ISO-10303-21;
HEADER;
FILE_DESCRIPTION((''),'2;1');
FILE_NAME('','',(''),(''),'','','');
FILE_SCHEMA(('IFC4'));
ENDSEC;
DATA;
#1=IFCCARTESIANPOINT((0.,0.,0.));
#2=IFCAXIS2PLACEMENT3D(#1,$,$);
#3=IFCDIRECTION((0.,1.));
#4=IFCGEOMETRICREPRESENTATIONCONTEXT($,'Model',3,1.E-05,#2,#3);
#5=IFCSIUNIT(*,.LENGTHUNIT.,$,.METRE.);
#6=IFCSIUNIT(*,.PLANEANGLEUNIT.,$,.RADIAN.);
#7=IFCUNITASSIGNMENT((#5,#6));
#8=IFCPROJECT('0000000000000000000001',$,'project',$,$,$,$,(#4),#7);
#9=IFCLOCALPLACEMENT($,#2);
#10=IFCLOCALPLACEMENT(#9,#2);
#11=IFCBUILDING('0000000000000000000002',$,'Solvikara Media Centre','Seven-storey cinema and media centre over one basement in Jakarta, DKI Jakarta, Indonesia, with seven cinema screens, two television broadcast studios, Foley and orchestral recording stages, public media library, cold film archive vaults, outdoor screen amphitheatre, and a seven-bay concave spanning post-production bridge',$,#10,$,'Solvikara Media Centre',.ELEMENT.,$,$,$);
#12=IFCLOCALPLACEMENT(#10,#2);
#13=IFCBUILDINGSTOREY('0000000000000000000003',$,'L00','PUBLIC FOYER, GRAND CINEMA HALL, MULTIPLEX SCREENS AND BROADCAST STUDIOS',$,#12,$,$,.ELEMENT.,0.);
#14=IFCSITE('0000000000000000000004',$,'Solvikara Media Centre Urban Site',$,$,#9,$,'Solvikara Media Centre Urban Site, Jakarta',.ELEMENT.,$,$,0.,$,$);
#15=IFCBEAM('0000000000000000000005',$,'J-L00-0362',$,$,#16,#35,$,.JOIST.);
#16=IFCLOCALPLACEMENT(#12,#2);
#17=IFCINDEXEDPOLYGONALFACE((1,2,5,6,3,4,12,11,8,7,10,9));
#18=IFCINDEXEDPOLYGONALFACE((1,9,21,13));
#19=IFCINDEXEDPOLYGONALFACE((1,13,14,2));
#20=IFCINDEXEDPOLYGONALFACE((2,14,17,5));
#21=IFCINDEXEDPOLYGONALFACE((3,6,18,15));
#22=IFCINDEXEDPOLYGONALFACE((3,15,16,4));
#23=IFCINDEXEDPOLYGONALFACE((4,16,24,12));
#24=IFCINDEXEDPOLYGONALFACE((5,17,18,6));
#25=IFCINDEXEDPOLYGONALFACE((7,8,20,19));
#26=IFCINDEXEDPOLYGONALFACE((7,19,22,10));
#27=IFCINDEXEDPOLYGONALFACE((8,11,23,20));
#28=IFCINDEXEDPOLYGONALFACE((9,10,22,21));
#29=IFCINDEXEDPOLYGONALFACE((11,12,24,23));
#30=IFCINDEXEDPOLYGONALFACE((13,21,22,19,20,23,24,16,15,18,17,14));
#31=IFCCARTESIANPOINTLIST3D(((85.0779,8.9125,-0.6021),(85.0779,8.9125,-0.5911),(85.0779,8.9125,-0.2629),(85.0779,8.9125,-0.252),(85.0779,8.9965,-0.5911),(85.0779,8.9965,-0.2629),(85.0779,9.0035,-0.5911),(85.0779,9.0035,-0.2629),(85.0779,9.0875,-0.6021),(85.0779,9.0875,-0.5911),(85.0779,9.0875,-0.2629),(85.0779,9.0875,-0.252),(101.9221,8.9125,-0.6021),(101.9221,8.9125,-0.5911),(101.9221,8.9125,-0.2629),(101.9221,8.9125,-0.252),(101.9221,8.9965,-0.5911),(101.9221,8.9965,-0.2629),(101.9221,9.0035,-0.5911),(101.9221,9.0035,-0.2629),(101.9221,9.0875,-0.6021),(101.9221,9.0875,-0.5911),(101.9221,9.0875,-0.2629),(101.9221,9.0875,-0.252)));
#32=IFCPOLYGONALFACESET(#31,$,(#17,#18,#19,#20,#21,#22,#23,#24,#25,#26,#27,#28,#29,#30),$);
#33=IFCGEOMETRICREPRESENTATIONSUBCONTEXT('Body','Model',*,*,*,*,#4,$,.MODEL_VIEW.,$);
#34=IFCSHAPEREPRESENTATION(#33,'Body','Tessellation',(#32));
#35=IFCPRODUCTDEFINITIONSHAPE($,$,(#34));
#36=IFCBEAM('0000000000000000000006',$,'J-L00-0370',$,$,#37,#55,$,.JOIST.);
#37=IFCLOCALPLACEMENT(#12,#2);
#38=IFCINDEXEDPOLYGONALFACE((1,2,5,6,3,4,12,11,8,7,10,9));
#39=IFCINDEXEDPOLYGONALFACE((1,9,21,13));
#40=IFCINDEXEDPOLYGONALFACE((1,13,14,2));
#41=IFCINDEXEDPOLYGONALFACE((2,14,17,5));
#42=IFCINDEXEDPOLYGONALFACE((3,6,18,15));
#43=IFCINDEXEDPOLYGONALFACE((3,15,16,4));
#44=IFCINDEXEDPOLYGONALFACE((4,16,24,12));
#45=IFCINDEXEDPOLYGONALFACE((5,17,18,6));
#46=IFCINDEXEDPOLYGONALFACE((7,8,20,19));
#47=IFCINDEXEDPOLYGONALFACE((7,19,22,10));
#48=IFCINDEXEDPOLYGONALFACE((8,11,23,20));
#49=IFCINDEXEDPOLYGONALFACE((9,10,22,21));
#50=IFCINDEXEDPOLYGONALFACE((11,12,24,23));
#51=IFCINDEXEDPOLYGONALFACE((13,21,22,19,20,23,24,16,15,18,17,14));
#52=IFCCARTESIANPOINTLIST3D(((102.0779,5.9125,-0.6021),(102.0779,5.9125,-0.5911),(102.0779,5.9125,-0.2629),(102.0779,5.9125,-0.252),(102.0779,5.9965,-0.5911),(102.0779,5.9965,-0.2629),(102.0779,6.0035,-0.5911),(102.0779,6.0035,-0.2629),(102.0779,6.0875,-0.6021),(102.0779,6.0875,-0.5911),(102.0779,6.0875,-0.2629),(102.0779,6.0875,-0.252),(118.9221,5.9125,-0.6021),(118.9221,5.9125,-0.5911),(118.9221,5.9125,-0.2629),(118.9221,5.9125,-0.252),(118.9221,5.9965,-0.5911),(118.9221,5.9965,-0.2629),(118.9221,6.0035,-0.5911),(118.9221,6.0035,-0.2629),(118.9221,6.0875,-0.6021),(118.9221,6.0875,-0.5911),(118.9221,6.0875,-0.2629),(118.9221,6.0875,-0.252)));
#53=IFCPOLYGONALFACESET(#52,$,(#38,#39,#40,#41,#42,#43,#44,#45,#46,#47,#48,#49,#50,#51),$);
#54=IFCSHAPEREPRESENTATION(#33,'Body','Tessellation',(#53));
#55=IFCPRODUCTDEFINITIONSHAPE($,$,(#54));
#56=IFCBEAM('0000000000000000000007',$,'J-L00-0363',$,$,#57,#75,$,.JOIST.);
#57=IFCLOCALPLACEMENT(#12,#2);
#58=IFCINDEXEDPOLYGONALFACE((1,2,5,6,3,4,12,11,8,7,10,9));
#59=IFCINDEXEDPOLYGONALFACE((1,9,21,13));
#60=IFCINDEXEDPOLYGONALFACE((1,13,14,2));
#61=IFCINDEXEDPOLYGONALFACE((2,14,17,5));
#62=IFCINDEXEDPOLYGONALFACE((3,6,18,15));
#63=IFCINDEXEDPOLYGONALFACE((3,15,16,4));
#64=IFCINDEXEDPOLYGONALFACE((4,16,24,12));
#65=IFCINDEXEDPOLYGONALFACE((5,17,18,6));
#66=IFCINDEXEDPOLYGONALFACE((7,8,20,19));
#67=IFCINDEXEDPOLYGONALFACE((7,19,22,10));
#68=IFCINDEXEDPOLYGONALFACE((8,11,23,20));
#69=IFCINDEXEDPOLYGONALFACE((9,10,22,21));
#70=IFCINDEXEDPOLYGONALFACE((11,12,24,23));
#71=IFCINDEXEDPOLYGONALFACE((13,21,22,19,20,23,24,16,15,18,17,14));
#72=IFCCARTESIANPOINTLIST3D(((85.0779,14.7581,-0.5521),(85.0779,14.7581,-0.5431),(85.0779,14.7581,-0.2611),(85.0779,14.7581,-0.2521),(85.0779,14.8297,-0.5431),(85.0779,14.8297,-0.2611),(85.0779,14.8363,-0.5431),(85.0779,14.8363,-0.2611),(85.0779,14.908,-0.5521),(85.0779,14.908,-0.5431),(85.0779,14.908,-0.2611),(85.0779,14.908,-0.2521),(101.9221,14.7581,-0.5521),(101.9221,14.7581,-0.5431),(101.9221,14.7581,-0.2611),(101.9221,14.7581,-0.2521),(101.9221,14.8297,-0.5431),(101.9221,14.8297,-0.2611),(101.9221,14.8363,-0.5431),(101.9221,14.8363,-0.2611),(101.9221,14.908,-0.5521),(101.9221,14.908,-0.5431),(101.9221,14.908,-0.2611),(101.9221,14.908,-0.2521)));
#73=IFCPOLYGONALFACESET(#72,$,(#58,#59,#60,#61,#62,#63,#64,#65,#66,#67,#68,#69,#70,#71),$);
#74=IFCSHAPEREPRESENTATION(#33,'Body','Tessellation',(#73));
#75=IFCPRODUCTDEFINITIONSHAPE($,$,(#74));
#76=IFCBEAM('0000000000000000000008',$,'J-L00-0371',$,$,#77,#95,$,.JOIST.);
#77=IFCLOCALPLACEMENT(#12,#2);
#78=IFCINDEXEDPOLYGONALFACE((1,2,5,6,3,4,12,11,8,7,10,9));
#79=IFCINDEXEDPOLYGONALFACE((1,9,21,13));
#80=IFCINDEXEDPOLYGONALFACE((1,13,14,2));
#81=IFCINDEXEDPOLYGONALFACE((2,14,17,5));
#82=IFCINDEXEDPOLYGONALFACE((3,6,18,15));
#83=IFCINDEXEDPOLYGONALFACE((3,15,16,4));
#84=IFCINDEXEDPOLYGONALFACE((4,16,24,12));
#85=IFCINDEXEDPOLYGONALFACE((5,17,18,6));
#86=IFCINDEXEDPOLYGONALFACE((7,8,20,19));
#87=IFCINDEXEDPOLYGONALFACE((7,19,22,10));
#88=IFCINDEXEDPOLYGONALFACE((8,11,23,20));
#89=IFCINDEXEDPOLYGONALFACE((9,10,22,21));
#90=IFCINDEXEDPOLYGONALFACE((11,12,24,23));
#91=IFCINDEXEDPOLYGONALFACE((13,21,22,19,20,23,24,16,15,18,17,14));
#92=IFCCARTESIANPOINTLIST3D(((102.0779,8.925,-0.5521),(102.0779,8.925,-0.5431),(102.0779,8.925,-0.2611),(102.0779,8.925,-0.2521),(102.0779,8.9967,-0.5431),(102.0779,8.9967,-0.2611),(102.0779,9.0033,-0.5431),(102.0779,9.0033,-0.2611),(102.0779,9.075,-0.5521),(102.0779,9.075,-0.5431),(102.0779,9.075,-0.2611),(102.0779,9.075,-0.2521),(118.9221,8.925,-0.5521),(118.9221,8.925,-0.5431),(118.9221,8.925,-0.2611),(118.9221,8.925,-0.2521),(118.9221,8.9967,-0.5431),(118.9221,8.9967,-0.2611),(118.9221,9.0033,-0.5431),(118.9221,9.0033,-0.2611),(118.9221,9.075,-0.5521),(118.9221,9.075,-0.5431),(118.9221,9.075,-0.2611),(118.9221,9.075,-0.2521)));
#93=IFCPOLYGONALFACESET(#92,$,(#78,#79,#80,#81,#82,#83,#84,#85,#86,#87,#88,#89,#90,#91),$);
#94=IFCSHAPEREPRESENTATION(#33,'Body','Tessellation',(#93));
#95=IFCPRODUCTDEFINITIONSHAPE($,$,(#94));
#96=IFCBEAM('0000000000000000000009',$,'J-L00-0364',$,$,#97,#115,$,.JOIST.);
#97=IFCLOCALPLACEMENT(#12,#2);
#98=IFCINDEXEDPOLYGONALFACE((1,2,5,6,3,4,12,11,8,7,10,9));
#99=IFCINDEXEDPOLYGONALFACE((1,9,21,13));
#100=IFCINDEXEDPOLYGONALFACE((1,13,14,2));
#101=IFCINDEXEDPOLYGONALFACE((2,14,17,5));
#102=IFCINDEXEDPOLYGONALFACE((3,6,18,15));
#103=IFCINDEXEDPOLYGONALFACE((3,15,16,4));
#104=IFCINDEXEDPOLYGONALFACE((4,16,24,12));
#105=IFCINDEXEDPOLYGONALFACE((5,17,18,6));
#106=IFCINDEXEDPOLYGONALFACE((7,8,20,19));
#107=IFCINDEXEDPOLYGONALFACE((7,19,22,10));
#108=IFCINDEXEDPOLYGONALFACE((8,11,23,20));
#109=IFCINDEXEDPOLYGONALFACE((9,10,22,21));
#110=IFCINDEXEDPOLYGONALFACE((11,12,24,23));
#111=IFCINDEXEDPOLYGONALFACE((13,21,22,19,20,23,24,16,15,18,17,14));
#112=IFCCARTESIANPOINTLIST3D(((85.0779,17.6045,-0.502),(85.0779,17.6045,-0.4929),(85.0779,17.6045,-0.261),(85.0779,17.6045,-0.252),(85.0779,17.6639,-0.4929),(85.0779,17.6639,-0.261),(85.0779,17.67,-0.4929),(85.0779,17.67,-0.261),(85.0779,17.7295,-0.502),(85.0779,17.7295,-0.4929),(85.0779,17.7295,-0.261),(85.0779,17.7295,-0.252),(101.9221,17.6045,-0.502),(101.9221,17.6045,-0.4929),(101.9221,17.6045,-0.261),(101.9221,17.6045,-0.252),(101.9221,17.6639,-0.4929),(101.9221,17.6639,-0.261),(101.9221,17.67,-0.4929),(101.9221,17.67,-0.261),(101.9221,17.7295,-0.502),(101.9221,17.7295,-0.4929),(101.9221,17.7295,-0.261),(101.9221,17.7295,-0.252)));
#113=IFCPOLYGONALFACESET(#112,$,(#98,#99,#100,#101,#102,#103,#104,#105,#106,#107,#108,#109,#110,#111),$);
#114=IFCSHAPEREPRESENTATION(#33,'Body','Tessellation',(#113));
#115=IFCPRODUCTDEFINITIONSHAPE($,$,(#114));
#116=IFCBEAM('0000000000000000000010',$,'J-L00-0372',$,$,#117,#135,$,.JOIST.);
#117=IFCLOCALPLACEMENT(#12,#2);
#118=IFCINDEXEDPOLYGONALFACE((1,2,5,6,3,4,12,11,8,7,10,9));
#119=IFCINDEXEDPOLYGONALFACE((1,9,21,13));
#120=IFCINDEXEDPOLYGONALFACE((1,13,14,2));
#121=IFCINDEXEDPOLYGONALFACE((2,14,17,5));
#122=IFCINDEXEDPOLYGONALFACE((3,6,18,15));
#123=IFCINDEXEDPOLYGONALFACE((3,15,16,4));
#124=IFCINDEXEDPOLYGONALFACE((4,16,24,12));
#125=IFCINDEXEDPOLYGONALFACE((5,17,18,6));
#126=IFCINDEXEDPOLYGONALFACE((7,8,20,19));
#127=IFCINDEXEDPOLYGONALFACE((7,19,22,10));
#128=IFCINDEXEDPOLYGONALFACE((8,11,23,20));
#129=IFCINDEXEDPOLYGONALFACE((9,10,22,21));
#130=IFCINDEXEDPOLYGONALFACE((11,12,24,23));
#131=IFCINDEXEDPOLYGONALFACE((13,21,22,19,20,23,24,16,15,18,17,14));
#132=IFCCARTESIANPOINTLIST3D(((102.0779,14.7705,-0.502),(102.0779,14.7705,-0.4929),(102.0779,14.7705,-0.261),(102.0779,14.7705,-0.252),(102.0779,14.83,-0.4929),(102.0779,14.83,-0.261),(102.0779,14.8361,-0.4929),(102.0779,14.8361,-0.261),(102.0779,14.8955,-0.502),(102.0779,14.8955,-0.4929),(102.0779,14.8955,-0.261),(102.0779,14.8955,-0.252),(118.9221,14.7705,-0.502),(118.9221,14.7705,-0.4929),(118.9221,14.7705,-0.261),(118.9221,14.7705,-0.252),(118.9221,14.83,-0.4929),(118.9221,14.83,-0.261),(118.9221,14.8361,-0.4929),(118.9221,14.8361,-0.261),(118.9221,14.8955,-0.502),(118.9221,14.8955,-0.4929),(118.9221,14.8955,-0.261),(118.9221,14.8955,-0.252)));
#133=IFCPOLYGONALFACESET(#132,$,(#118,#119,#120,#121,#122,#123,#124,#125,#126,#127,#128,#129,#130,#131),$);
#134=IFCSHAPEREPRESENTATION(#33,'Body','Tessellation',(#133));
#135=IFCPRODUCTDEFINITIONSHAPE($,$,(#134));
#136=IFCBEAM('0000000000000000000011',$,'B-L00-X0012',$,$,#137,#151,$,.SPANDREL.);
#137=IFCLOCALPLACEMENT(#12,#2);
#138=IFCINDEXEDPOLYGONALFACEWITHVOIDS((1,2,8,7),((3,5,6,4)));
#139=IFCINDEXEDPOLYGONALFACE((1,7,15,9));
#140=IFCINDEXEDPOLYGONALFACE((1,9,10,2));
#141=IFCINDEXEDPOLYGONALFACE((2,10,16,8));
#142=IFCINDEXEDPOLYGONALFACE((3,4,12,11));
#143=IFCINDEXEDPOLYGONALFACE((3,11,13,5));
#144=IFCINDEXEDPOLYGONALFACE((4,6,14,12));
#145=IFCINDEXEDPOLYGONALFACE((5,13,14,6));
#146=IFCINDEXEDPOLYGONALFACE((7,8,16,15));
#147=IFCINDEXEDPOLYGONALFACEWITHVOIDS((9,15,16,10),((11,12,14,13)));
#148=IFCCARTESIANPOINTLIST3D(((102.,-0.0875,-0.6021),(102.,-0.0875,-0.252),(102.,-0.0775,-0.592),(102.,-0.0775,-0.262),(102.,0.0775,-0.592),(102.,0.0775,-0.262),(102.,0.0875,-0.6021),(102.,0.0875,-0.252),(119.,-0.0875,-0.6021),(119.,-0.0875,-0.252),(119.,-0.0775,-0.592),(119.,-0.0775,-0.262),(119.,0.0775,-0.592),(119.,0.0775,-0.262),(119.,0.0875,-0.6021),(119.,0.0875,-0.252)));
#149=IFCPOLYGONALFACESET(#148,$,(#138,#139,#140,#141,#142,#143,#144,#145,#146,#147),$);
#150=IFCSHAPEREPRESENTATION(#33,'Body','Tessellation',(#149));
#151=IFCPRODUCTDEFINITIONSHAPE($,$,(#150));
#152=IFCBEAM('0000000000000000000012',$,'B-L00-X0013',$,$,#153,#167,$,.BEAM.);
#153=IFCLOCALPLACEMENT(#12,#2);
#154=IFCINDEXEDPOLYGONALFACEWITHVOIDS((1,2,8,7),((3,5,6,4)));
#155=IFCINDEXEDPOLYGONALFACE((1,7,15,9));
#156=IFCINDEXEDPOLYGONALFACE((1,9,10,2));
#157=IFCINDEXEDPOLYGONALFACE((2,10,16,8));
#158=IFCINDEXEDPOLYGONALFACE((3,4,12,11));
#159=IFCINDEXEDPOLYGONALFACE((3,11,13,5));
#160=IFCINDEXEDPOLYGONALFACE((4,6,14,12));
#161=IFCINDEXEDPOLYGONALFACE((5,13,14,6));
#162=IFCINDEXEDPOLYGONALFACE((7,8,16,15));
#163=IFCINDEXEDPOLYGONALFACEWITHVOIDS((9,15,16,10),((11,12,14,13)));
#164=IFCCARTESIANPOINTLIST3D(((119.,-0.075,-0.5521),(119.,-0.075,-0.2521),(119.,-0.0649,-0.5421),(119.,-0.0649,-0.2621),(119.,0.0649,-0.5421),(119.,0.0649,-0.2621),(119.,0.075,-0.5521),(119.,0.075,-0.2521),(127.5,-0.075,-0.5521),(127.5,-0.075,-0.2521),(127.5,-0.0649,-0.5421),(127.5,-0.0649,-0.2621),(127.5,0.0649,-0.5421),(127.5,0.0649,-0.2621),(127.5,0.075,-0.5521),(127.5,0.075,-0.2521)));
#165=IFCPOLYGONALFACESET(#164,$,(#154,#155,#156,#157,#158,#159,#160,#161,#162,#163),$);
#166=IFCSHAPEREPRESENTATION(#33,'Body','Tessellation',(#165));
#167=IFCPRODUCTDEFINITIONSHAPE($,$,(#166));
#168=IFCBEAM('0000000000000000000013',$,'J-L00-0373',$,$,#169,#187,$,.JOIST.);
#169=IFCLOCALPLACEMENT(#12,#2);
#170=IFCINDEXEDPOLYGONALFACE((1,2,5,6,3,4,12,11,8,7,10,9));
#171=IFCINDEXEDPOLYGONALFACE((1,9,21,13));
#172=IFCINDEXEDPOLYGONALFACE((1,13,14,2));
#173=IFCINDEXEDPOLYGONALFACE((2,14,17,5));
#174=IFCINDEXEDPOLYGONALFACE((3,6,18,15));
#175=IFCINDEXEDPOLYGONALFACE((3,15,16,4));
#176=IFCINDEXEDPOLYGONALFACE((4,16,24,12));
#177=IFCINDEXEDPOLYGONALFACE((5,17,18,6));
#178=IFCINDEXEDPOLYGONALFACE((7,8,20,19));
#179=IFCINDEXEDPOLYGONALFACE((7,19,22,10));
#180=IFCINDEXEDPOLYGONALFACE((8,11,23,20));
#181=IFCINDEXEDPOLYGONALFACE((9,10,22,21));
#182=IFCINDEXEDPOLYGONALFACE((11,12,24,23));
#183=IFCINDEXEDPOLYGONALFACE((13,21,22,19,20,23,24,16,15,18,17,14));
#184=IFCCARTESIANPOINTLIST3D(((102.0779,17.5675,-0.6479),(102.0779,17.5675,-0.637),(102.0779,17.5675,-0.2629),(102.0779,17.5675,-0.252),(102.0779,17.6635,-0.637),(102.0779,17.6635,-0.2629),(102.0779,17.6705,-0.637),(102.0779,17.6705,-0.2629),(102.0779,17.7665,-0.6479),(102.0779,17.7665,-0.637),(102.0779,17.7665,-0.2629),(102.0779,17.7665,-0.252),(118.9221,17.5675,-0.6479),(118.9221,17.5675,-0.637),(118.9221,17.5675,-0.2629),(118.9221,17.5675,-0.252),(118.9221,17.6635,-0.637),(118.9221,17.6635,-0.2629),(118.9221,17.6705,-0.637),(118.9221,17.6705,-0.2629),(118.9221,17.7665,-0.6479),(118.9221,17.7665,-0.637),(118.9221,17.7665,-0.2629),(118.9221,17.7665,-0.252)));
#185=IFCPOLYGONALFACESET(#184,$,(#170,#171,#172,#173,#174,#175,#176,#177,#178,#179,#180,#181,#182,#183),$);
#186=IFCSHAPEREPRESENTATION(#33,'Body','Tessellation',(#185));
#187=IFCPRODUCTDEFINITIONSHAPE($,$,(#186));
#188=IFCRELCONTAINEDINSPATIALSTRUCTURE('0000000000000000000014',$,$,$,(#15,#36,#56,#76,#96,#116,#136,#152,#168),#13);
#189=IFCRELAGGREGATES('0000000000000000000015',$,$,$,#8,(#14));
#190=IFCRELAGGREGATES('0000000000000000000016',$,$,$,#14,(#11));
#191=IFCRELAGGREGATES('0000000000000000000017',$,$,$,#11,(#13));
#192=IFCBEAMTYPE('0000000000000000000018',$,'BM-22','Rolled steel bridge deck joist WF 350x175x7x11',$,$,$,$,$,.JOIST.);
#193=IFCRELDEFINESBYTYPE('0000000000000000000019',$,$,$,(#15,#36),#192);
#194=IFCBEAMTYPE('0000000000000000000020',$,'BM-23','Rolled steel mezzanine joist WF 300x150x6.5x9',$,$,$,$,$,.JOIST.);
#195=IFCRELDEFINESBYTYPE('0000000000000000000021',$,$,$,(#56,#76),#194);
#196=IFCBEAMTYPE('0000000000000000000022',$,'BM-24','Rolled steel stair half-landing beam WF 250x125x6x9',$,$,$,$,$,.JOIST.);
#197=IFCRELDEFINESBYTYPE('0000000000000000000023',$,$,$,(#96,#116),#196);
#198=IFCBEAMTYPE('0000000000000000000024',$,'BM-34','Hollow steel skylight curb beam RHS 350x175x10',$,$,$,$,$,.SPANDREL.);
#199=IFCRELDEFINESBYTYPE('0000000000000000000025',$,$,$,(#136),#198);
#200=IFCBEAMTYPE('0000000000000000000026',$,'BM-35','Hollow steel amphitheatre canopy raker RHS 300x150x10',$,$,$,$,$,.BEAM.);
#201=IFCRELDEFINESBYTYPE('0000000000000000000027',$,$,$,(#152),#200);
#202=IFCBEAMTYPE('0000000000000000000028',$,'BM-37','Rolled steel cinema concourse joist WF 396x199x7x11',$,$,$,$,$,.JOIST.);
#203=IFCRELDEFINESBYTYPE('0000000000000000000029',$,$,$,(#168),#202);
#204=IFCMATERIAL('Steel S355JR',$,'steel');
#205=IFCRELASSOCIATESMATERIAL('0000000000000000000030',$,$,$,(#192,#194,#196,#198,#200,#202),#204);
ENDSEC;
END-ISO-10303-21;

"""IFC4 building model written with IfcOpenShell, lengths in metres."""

from ifc_helpers import new_model, si_unit, direction, frame, origin, origin_2d, place, context, subcontext, project, spatial, hollow_rectangle, i_section, extrude, material, material_profile, profile_set, type_object, element, save


model = new_model("IFC4")

# Units and contexts
model_context = context("Model", 3, precision=1e-05, world=origin(), true_north=direction((0.0, 1.0)))
body_context = subcontext(model_context, "Body", "Model", "MODEL_VIEW")
ifc_project = project(units=[si_unit("LENGTHUNIT", "METRE"), si_unit("PLANEANGLEUNIT", "RADIAN")], contexts=[model_context])

# Site, building, storey
site_placement = place(None, origin())
site = spatial("IfcSite", under=ifc_project, at=site_placement, Name="Solvikara Media Centre Urban Site", LongName="Solvikara Media Centre Urban Site, Jakarta", CompositionType="ELEMENT", RefElevation=0.0)
building_placement = place(site_placement, origin())
building = spatial("IfcBuilding", under=site, at=building_placement, Name="Solvikara Media Centre", Description="Seven-storey cinema and media centre over one basement in Jakarta, DKI Jakarta, Indonesia, with seven cinema screens, two television broadcast studios, Foley and orchestral recording stages, public media library, cold film archive vaults, outdoor screen amphitheatre, and a seven-bay concave spanning post-production bridge", LongName="Solvikara Media Centre", CompositionType="ELEMENT")
storey_placement = place(building_placement, origin())
storey = spatial("IfcBuildingStorey", under=building, at=storey_placement, Name="L00", Description="PUBLIC FOYER, GRAND CINEMA HALL, MULTIPLEX SCREENS AND BROADCAST STUDIOS", CompositionType="ELEMENT", Elevation=0.0)

# Beams
ifc_material_1 = material(Name="Steel S355JR", Category="steel")
ifc_material_profile_1 = material_profile(ifc_material_1, i_section(OverallWidth=0.175, OverallDepth=0.3501, WebThickness=0.0071, FlangeThickness=0.011, at=origin_2d()), Name="WF 350x175x7x11")
ifc_profile_set_1 = profile_set([ifc_material_profile_1], Name="Steel S355JR")
beam_type_1 = type_object("IfcBeamType", Name="BM-22", Description="Rolled steel bridge deck joist WF 350x175x7x11", PredefinedType="JOIST", material=ifc_profile_set_1)
for number, where, z_axis, x_axis, name in (
    (1, (85.0779, 9.0, -0.427), (1.0, 0.0, 0.0), (0.0, 1.0, 0.0), "J-L00-0362"),
    (2, (102.0779, 6.0, -0.427), (1.0, 0.0, 0.0), (0.0, 1.0, 0.0), "J-L00-0370"),
):
    element("IfcBeam", number, at=place(storey_placement, frame(where, z_axis=z_axis, x_axis=x_axis)), inside=storey, type_object=beam_type_1, Name=name, PredefinedType="JOIST", context=body_context, shape_type="SweptSolid", body=[
        extrude(i_section(OverallWidth=0.175, OverallDepth=0.3501, WebThickness=0.0071, FlangeThickness=0.011, at=origin_2d()), origin(), (0.0, 0.0, 1.0), 16.8442),
    ])
ifc_material_profile_2 = material_profile(ifc_material_1, i_section(OverallWidth=0.1499, OverallDepth=0.3, WebThickness=0.0066, FlangeThickness=0.009, at=origin_2d()), Name="WF 300x150x6.5x9")
ifc_profile_set_2 = profile_set([ifc_material_profile_2], Name="Steel S355JR")
beam_type_2 = type_object("IfcBeamType", Name="BM-23", Description="Rolled steel mezzanine joist WF 300x150x6.5x9", PredefinedType="JOIST", material=ifc_profile_set_2)
for number, where, z_axis, x_axis, name in (
    (3, (85.0779, 14.833, -0.4021), (1.0, 0.0, 0.0), (0.0, 1.0, 0.0), "J-L00-0363"),
    (4, (102.0779, 9.0, -0.4021), (1.0, 0.0, 0.0), (0.0, 1.0, 0.0), "J-L00-0371"),
):
    element("IfcBeam", number, at=place(storey_placement, frame(where, z_axis=z_axis, x_axis=x_axis)), inside=storey, type_object=beam_type_2, Name=name, PredefinedType="JOIST", context=body_context, shape_type="SweptSolid", body=[
        extrude(i_section(OverallWidth=0.1499, OverallDepth=0.3, WebThickness=0.0066, FlangeThickness=0.009, at=origin_2d()), origin(), (0.0, 0.0, 1.0), 16.8442),
    ])
ifc_material_profile_3 = material_profile(ifc_material_1, i_section(OverallWidth=0.125, OverallDepth=0.25, WebThickness=0.0061, FlangeThickness=0.009, at=origin_2d()), Name="WF 250x125x6x9")
ifc_profile_set_3 = profile_set([ifc_material_profile_3], Name="Steel S355JR")
beam_type_3 = type_object("IfcBeamType", Name="BM-24", Description="Rolled steel stair half-landing beam WF 250x125x6x9", PredefinedType="JOIST", material=ifc_profile_set_3)
for number, where, z_axis, x_axis, name in (
    (5, (85.0779, 17.667, -0.377), (1.0, 0.0, 0.0), (0.0, 1.0, 0.0), "J-L00-0364"),
    (6, (102.0779, 14.833, -0.377), (1.0, 0.0, 0.0), (0.0, 1.0, 0.0), "J-L00-0372"),
):
    element("IfcBeam", number, at=place(storey_placement, frame(where, z_axis=z_axis, x_axis=x_axis)), inside=storey, type_object=beam_type_3, Name=name, PredefinedType="JOIST", context=body_context, shape_type="SweptSolid", body=[
        extrude(i_section(OverallWidth=0.125, OverallDepth=0.25, WebThickness=0.0061, FlangeThickness=0.009, at=origin_2d()), origin(), (0.0, 0.0, 1.0), 16.8442),
    ])
ifc_material_profile_4 = material_profile(ifc_material_1, hollow_rectangle(XDim=0.175, YDim=0.3501, WallThickness=0.01, at=origin_2d()), Name="RHS 350x175x10")
ifc_profile_set_4 = profile_set([ifc_material_profile_4], Name="Steel S355JR")
beam_type_4 = type_object("IfcBeamType", Name="BM-34", Description="Hollow steel skylight curb beam RHS 350x175x10", PredefinedType="SPANDREL", material=ifc_profile_set_4)
beam_1_placement = place(storey_placement, frame((102.0, 0.0, -0.427), z_axis=(1.0, 0.0, 0.0), x_axis=(0.0, 1.0, 0.0)))
element("IfcBeam", 7, at=beam_1_placement, inside=storey, type_object=beam_type_4, Name="B-L00-X0012", PredefinedType="SPANDREL", context=body_context, shape_type="SweptSolid", body=[
    extrude(hollow_rectangle(XDim=0.175, YDim=0.3501, WallThickness=0.01, at=origin_2d()), origin(), (0.0, 0.0, 1.0), 17.0),
])
ifc_material_profile_5 = material_profile(ifc_material_1, hollow_rectangle(XDim=0.1499, YDim=0.3, WallThickness=0.01, at=origin_2d()), Name="RHS 300x150x10")
ifc_profile_set_5 = profile_set([ifc_material_profile_5], Name="Steel S355JR")
beam_type_5 = type_object("IfcBeamType", Name="BM-35", Description="Hollow steel amphitheatre canopy raker RHS 300x150x10", PredefinedType="BEAM", material=ifc_profile_set_5)
beam_2_placement = place(storey_placement, frame((119.0, 0.0, -0.4021), z_axis=(1.0, 0.0, 0.0), x_axis=(0.0, 1.0, 0.0)))
element("IfcBeam", 8, at=beam_2_placement, inside=storey, type_object=beam_type_5, Name="B-L00-X0013", PredefinedType="BEAM", context=body_context, shape_type="SweptSolid", body=[
    extrude(hollow_rectangle(XDim=0.1499, YDim=0.3, WallThickness=0.01, at=origin_2d()), origin(), (0.0, 0.0, 1.0), 8.5),
])
ifc_material_profile_6 = material_profile(ifc_material_1, i_section(OverallWidth=0.199, OverallDepth=0.396, WebThickness=0.0071, FlangeThickness=0.011, at=origin_2d()), Name="WF 396x199x7x11")
ifc_profile_set_6 = profile_set([ifc_material_profile_6], Name="Steel S355JR")
beam_type_6 = type_object("IfcBeamType", Name="BM-37", Description="Rolled steel cinema concourse joist WF 396x199x7x11", PredefinedType="JOIST", material=ifc_profile_set_6)
beam_3_placement = place(storey_placement, frame((102.0779, 17.667, -0.45), z_axis=(1.0, 0.0, 0.0), x_axis=(0.0, 1.0, 0.0)))
element("IfcBeam", 9, at=beam_3_placement, inside=storey, type_object=beam_type_6, Name="J-L00-0373", PredefinedType="JOIST", context=body_context, shape_type="SweptSolid", body=[
    extrude(i_section(OverallWidth=0.199, OverallDepth=0.396, WebThickness=0.0071, FlangeThickness=0.011, at=origin_2d()), origin(), (0.0, 0.0, 1.0), 16.8442),
])

save(model, "model.ifc")
